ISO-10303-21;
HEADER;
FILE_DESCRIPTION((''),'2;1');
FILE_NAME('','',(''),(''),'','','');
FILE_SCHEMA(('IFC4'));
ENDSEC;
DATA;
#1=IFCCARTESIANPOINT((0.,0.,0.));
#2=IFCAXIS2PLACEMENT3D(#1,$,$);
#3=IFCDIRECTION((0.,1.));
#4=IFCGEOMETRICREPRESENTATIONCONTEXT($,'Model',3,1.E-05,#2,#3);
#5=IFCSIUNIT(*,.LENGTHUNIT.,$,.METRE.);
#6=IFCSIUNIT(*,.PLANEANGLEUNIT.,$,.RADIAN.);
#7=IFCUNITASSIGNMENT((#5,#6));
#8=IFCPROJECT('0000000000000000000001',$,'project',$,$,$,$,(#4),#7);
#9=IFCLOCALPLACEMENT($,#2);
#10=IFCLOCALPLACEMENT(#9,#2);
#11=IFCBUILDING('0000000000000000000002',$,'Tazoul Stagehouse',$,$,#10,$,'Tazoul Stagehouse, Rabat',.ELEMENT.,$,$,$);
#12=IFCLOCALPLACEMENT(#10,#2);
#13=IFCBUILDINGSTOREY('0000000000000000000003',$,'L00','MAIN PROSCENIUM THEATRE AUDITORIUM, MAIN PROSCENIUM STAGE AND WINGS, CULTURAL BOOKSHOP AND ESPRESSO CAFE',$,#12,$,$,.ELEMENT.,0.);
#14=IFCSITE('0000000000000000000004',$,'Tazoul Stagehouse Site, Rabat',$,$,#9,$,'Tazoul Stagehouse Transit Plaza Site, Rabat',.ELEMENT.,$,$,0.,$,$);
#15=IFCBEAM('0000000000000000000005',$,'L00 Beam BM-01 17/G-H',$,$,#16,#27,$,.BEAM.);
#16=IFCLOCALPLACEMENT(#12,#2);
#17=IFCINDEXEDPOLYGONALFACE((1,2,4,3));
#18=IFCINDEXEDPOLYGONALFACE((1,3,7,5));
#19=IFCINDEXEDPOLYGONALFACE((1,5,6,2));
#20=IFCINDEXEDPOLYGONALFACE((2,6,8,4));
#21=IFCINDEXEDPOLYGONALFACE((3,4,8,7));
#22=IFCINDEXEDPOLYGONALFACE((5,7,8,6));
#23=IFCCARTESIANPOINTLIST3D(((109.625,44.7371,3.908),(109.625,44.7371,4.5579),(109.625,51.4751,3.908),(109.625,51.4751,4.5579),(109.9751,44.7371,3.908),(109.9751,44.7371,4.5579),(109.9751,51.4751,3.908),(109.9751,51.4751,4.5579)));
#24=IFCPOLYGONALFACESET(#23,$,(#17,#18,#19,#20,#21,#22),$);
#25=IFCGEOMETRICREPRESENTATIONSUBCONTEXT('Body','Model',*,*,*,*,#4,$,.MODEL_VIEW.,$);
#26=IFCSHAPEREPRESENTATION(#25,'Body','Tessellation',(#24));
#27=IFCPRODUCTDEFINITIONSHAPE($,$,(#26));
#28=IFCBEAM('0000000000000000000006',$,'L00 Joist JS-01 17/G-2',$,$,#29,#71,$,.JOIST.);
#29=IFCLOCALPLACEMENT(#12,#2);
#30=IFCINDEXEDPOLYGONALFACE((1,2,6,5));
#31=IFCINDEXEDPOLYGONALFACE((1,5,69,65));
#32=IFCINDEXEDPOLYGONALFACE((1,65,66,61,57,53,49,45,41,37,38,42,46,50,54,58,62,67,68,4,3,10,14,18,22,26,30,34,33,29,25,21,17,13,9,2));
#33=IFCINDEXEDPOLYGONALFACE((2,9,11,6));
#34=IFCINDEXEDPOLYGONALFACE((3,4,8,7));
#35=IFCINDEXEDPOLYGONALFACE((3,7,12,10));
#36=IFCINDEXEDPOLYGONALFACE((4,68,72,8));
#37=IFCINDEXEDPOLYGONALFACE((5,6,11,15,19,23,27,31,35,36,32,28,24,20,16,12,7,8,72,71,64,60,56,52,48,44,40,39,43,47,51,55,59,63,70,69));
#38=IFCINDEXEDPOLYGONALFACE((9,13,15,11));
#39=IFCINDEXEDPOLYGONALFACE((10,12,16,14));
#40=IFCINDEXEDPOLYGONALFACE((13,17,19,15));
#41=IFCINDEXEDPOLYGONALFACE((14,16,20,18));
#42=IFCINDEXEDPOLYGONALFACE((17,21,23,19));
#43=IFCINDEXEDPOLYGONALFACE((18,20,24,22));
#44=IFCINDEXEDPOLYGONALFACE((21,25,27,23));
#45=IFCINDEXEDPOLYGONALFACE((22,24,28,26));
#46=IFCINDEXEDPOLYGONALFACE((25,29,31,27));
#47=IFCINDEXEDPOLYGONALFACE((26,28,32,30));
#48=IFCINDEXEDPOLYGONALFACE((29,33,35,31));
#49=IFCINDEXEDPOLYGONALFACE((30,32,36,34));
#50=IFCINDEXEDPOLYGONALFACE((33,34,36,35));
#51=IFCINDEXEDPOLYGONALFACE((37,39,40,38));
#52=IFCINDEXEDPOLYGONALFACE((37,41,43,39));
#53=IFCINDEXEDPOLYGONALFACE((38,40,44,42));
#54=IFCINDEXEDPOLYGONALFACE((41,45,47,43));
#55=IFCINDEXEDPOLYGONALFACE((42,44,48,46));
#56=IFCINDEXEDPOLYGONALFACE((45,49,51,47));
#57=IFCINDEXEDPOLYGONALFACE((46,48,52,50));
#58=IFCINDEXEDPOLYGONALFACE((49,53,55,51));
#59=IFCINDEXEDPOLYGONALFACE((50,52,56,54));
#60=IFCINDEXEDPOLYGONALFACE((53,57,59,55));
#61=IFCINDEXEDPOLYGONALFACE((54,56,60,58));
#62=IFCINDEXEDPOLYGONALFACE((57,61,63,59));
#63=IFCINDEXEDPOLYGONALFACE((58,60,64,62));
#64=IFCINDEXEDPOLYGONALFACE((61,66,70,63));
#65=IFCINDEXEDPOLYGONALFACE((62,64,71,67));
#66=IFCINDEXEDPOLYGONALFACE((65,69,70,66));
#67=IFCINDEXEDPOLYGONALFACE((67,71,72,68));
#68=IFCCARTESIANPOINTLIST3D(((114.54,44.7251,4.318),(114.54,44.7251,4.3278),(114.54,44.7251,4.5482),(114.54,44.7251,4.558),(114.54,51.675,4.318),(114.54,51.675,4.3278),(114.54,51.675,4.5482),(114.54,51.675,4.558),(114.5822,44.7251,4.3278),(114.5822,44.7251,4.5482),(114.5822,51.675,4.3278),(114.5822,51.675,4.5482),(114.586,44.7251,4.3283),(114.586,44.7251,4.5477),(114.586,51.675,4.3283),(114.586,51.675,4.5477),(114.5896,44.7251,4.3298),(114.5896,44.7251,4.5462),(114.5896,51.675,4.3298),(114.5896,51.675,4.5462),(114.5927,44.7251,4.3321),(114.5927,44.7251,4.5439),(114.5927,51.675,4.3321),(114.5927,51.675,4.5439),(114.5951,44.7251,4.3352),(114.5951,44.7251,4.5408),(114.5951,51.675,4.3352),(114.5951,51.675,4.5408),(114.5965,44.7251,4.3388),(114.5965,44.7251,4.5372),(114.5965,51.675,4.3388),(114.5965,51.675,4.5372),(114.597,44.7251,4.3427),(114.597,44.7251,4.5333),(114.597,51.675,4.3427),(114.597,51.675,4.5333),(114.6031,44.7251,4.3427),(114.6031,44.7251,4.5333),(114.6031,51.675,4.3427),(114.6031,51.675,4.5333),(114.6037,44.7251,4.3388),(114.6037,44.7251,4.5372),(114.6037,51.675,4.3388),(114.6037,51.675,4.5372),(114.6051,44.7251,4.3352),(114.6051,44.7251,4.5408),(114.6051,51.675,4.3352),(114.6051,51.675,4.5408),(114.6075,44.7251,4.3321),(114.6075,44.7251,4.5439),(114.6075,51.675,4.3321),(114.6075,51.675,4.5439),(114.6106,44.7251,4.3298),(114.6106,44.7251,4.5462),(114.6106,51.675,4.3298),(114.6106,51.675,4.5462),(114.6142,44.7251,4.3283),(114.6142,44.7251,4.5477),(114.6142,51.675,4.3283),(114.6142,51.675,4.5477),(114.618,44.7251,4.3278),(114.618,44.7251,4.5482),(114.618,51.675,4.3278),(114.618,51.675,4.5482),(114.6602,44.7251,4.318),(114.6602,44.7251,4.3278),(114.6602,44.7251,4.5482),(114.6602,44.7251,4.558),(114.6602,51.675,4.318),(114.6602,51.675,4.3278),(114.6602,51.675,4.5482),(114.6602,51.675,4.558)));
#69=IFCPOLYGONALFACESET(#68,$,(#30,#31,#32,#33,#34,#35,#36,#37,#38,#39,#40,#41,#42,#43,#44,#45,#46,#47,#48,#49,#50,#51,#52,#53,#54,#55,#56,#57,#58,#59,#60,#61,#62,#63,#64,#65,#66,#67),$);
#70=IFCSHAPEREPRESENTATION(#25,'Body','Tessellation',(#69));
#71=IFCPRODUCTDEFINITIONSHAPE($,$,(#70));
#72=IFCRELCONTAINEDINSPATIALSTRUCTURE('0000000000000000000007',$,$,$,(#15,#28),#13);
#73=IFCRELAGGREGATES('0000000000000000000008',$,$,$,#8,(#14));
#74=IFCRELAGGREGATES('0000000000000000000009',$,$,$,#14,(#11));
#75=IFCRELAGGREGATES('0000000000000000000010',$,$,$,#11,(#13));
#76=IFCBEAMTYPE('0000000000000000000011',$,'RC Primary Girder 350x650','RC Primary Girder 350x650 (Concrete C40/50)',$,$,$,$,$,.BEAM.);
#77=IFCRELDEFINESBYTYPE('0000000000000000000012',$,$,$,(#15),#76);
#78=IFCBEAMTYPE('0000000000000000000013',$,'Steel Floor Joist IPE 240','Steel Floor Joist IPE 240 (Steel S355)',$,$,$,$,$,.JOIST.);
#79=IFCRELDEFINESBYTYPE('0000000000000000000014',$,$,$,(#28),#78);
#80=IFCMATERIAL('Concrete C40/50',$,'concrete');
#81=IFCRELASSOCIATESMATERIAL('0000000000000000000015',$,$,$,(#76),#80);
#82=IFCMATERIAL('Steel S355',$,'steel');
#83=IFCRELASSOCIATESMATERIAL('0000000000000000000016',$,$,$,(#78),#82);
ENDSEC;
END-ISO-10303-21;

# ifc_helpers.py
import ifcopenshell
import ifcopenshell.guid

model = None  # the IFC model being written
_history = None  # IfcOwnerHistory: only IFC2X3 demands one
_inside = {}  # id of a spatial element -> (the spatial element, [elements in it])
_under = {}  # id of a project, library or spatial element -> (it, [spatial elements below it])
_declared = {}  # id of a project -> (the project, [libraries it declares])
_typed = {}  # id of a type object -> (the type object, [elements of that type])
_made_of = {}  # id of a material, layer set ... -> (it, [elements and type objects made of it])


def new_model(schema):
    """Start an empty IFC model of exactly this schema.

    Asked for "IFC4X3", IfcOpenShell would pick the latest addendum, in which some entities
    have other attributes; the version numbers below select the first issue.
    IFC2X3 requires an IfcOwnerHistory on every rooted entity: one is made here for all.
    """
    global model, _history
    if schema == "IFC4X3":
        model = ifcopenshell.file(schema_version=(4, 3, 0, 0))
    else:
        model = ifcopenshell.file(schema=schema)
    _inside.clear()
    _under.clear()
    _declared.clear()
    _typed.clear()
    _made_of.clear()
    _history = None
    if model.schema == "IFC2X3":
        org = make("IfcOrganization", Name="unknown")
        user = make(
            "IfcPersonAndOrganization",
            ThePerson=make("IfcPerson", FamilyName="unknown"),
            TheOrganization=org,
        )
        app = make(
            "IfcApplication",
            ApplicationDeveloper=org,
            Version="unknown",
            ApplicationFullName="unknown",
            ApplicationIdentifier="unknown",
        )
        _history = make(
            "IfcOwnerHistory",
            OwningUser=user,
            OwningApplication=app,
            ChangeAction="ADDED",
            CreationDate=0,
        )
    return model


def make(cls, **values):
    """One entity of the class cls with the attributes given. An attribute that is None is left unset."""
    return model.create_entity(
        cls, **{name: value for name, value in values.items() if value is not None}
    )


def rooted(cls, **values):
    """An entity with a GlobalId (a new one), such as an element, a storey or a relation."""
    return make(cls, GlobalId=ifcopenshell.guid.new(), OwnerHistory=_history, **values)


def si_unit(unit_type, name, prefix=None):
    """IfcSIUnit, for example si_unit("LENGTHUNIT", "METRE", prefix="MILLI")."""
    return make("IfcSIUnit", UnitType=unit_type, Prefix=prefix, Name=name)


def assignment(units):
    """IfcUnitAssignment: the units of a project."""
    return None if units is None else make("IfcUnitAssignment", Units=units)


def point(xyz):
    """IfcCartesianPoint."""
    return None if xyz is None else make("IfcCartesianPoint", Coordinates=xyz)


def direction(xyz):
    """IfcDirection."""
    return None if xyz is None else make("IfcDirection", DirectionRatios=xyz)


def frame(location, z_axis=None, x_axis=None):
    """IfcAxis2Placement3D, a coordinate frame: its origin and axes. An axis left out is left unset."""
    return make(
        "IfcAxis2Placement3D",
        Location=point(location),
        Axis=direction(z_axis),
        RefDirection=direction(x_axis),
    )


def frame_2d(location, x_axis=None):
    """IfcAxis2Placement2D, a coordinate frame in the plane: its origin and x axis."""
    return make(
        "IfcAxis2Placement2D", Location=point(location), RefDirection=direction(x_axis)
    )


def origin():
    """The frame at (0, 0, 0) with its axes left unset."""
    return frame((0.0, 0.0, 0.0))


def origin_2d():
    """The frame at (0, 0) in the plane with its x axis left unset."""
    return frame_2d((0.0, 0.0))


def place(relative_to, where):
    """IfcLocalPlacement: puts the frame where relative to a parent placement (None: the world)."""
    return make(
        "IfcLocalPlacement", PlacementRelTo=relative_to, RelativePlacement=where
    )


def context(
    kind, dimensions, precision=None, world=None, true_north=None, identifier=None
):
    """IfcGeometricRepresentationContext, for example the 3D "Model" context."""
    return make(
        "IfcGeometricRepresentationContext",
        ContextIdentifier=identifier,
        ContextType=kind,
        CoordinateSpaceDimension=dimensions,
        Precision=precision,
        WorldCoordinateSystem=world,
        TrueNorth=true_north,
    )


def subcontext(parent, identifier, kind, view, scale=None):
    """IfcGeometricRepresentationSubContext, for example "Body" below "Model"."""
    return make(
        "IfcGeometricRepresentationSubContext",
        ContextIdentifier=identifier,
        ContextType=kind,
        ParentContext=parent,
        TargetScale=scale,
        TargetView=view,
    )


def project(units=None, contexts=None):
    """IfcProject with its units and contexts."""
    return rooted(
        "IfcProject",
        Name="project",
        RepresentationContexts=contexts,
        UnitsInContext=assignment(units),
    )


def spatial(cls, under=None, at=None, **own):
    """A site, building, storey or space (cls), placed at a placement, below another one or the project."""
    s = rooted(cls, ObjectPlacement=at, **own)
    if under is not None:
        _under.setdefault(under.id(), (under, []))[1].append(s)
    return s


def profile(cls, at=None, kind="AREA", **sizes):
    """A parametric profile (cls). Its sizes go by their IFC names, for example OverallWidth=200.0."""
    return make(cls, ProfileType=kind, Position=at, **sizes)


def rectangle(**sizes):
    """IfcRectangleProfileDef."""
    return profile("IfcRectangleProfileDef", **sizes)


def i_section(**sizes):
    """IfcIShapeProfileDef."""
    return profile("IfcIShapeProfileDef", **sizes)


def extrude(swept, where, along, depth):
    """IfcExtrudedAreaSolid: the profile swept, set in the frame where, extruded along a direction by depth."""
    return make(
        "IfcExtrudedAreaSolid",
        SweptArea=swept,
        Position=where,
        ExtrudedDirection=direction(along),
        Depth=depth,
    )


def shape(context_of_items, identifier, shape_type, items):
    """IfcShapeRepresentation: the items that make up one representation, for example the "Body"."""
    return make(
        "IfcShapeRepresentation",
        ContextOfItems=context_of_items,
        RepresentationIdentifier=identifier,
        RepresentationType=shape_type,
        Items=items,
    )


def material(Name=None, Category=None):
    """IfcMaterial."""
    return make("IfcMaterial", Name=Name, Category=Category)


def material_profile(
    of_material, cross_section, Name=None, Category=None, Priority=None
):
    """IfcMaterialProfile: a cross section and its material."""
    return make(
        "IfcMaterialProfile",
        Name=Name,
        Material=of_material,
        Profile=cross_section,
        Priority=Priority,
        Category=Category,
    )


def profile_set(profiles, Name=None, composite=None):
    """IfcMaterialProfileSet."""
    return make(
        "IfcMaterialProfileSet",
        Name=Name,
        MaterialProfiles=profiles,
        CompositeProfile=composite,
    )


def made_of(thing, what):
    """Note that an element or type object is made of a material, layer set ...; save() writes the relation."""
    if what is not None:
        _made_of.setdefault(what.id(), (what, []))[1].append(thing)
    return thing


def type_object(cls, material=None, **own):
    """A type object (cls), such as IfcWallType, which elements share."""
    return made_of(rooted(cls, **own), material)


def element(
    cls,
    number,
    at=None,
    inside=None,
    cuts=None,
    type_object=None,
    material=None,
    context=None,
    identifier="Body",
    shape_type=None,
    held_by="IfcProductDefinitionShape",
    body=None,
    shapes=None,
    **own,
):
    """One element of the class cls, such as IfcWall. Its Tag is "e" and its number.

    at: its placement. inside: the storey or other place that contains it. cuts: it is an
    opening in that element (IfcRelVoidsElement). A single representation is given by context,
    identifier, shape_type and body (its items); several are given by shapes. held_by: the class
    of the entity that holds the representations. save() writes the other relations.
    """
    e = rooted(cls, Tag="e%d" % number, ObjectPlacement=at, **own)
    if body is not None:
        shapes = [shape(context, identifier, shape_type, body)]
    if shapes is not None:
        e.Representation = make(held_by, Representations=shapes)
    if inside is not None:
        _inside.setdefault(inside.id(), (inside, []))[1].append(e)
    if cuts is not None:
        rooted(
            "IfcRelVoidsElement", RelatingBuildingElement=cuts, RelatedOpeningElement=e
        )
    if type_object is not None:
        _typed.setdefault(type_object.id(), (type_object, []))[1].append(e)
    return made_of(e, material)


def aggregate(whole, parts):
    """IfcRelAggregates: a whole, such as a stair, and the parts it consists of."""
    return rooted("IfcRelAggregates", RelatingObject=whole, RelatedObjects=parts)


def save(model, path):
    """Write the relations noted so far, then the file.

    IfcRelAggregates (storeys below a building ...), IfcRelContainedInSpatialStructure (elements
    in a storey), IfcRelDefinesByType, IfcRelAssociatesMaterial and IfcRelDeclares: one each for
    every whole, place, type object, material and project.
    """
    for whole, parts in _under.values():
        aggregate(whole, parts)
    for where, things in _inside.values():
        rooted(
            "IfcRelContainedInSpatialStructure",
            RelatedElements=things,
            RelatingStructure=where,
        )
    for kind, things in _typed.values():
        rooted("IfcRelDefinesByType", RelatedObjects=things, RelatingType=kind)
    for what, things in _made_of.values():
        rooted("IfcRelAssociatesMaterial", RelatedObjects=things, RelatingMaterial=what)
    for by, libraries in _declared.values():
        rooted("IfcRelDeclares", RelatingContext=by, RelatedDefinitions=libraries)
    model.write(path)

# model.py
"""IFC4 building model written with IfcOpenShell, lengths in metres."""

from ifc_helpers import new_model, si_unit, direction, frame, origin, origin_2d, place, context, subcontext, project, spatial, rectangle, i_section, extrude, material, material_profile, profile_set, type_object, element, save


model = new_model("IFC4")

# Units and contexts
model_context = context("Model", 3, precision=1e-05, world=origin(), true_north=direction((0.0, 1.0)))
body_context = subcontext(model_context, "Body", "Model", "MODEL_VIEW")
ifc_project = project(units=[si_unit("LENGTHUNIT", "METRE"), si_unit("PLANEANGLEUNIT", "RADIAN")], contexts=[model_context])

# Site, building, storey
site_placement = place(None, origin())
site = spatial("IfcSite", under=ifc_project, at=site_placement, Name="Tazoul Stagehouse Site, Rabat", LongName="Tazoul Stagehouse Transit Plaza Site, Rabat", CompositionType="ELEMENT", RefElevation=0.0)
building_placement = place(site_placement, origin())
building = spatial("IfcBuilding", under=site, at=building_placement, Name="Tazoul Stagehouse", LongName="Tazoul Stagehouse, Rabat", CompositionType="ELEMENT")
storey_placement = place(building_placement, origin())
storey = spatial("IfcBuildingStorey", under=building, at=storey_placement, Name="L00", Description="MAIN PROSCENIUM THEATRE AUDITORIUM, MAIN PROSCENIUM STAGE AND WINGS, CULTURAL BOOKSHOP AND ESPRESSO CAFE", CompositionType="ELEMENT", Elevation=0.0)

# Beams
ifc_material_1 = material(Name="Concrete C40/50", Category="concrete")
ifc_material_profile_1 = material_profile(ifc_material_1, rectangle(XDim=0.3501, YDim=0.6499, at=origin_2d()), Name="RC 350x650")
ifc_profile_set_1 = profile_set([ifc_material_profile_1], Name="Concrete C40/50")
beam_type_1 = type_object("IfcBeamType", Name="RC Primary Girder 350x650", Description="RC Primary Girder 350x650 (Concrete C40/50)", PredefinedType="BEAM", material=ifc_profile_set_1)
beam_1_placement = place(storey_placement, frame((109.8, 44.7371, 4.2329), z_axis=(0.0, 1.0, 0.0), x_axis=(-1.0, 0.0, 0.0)))
element("IfcBeam", 1, at=beam_1_placement, inside=storey, type_object=beam_type_1, Name="L00 Beam BM-01 17/G-H", PredefinedType="BEAM", context=body_context, shape_type="SweptSolid", body=[
    extrude(rectangle(XDim=0.3501, YDim=0.6499, at=origin_2d()), origin(), (0.0, 0.0, 1.0), 6.738),
])
ifc_material_2 = material(Name="Steel S355", Category="steel")
ifc_material_profile_2 = material_profile(ifc_material_2, i_section(OverallWidth=0.1201, OverallDepth=0.24, WebThickness=0.0061, FlangeThickness=0.0098, FilletRadius=0.0149, at=origin_2d()), Name="IPE 240")
ifc_profile_set_2 = profile_set([ifc_material_profile_2], Name="Steel S355")
beam_type_2 = type_object("IfcBeamType", Name="Steel Floor Joist IPE 240", Description="Steel Floor Joist IPE 240 (Steel S355)", PredefinedType="JOIST", material=ifc_profile_set_2)
beam_2_placement = place(storey_placement, frame((114.6001, 44.7251, 4.438), z_axis=(0.0, 1.0, 0.0), x_axis=(-1.0, 0.0, 0.0)))
element("IfcBeam", 2, at=beam_2_placement, inside=storey, type_object=beam_type_2, Name="L00 Joist JS-01 17/G-2", PredefinedType="JOIST", context=body_context, shape_type="SweptSolid", body=[
    extrude(i_section(OverallWidth=0.1201, OverallDepth=0.24, WebThickness=0.0061, FlangeThickness=0.0098, FilletRadius=0.0149, at=origin_2d()), origin(), (0.0, 0.0, 1.0), 6.95),
])

save(model, "model.ifc")
